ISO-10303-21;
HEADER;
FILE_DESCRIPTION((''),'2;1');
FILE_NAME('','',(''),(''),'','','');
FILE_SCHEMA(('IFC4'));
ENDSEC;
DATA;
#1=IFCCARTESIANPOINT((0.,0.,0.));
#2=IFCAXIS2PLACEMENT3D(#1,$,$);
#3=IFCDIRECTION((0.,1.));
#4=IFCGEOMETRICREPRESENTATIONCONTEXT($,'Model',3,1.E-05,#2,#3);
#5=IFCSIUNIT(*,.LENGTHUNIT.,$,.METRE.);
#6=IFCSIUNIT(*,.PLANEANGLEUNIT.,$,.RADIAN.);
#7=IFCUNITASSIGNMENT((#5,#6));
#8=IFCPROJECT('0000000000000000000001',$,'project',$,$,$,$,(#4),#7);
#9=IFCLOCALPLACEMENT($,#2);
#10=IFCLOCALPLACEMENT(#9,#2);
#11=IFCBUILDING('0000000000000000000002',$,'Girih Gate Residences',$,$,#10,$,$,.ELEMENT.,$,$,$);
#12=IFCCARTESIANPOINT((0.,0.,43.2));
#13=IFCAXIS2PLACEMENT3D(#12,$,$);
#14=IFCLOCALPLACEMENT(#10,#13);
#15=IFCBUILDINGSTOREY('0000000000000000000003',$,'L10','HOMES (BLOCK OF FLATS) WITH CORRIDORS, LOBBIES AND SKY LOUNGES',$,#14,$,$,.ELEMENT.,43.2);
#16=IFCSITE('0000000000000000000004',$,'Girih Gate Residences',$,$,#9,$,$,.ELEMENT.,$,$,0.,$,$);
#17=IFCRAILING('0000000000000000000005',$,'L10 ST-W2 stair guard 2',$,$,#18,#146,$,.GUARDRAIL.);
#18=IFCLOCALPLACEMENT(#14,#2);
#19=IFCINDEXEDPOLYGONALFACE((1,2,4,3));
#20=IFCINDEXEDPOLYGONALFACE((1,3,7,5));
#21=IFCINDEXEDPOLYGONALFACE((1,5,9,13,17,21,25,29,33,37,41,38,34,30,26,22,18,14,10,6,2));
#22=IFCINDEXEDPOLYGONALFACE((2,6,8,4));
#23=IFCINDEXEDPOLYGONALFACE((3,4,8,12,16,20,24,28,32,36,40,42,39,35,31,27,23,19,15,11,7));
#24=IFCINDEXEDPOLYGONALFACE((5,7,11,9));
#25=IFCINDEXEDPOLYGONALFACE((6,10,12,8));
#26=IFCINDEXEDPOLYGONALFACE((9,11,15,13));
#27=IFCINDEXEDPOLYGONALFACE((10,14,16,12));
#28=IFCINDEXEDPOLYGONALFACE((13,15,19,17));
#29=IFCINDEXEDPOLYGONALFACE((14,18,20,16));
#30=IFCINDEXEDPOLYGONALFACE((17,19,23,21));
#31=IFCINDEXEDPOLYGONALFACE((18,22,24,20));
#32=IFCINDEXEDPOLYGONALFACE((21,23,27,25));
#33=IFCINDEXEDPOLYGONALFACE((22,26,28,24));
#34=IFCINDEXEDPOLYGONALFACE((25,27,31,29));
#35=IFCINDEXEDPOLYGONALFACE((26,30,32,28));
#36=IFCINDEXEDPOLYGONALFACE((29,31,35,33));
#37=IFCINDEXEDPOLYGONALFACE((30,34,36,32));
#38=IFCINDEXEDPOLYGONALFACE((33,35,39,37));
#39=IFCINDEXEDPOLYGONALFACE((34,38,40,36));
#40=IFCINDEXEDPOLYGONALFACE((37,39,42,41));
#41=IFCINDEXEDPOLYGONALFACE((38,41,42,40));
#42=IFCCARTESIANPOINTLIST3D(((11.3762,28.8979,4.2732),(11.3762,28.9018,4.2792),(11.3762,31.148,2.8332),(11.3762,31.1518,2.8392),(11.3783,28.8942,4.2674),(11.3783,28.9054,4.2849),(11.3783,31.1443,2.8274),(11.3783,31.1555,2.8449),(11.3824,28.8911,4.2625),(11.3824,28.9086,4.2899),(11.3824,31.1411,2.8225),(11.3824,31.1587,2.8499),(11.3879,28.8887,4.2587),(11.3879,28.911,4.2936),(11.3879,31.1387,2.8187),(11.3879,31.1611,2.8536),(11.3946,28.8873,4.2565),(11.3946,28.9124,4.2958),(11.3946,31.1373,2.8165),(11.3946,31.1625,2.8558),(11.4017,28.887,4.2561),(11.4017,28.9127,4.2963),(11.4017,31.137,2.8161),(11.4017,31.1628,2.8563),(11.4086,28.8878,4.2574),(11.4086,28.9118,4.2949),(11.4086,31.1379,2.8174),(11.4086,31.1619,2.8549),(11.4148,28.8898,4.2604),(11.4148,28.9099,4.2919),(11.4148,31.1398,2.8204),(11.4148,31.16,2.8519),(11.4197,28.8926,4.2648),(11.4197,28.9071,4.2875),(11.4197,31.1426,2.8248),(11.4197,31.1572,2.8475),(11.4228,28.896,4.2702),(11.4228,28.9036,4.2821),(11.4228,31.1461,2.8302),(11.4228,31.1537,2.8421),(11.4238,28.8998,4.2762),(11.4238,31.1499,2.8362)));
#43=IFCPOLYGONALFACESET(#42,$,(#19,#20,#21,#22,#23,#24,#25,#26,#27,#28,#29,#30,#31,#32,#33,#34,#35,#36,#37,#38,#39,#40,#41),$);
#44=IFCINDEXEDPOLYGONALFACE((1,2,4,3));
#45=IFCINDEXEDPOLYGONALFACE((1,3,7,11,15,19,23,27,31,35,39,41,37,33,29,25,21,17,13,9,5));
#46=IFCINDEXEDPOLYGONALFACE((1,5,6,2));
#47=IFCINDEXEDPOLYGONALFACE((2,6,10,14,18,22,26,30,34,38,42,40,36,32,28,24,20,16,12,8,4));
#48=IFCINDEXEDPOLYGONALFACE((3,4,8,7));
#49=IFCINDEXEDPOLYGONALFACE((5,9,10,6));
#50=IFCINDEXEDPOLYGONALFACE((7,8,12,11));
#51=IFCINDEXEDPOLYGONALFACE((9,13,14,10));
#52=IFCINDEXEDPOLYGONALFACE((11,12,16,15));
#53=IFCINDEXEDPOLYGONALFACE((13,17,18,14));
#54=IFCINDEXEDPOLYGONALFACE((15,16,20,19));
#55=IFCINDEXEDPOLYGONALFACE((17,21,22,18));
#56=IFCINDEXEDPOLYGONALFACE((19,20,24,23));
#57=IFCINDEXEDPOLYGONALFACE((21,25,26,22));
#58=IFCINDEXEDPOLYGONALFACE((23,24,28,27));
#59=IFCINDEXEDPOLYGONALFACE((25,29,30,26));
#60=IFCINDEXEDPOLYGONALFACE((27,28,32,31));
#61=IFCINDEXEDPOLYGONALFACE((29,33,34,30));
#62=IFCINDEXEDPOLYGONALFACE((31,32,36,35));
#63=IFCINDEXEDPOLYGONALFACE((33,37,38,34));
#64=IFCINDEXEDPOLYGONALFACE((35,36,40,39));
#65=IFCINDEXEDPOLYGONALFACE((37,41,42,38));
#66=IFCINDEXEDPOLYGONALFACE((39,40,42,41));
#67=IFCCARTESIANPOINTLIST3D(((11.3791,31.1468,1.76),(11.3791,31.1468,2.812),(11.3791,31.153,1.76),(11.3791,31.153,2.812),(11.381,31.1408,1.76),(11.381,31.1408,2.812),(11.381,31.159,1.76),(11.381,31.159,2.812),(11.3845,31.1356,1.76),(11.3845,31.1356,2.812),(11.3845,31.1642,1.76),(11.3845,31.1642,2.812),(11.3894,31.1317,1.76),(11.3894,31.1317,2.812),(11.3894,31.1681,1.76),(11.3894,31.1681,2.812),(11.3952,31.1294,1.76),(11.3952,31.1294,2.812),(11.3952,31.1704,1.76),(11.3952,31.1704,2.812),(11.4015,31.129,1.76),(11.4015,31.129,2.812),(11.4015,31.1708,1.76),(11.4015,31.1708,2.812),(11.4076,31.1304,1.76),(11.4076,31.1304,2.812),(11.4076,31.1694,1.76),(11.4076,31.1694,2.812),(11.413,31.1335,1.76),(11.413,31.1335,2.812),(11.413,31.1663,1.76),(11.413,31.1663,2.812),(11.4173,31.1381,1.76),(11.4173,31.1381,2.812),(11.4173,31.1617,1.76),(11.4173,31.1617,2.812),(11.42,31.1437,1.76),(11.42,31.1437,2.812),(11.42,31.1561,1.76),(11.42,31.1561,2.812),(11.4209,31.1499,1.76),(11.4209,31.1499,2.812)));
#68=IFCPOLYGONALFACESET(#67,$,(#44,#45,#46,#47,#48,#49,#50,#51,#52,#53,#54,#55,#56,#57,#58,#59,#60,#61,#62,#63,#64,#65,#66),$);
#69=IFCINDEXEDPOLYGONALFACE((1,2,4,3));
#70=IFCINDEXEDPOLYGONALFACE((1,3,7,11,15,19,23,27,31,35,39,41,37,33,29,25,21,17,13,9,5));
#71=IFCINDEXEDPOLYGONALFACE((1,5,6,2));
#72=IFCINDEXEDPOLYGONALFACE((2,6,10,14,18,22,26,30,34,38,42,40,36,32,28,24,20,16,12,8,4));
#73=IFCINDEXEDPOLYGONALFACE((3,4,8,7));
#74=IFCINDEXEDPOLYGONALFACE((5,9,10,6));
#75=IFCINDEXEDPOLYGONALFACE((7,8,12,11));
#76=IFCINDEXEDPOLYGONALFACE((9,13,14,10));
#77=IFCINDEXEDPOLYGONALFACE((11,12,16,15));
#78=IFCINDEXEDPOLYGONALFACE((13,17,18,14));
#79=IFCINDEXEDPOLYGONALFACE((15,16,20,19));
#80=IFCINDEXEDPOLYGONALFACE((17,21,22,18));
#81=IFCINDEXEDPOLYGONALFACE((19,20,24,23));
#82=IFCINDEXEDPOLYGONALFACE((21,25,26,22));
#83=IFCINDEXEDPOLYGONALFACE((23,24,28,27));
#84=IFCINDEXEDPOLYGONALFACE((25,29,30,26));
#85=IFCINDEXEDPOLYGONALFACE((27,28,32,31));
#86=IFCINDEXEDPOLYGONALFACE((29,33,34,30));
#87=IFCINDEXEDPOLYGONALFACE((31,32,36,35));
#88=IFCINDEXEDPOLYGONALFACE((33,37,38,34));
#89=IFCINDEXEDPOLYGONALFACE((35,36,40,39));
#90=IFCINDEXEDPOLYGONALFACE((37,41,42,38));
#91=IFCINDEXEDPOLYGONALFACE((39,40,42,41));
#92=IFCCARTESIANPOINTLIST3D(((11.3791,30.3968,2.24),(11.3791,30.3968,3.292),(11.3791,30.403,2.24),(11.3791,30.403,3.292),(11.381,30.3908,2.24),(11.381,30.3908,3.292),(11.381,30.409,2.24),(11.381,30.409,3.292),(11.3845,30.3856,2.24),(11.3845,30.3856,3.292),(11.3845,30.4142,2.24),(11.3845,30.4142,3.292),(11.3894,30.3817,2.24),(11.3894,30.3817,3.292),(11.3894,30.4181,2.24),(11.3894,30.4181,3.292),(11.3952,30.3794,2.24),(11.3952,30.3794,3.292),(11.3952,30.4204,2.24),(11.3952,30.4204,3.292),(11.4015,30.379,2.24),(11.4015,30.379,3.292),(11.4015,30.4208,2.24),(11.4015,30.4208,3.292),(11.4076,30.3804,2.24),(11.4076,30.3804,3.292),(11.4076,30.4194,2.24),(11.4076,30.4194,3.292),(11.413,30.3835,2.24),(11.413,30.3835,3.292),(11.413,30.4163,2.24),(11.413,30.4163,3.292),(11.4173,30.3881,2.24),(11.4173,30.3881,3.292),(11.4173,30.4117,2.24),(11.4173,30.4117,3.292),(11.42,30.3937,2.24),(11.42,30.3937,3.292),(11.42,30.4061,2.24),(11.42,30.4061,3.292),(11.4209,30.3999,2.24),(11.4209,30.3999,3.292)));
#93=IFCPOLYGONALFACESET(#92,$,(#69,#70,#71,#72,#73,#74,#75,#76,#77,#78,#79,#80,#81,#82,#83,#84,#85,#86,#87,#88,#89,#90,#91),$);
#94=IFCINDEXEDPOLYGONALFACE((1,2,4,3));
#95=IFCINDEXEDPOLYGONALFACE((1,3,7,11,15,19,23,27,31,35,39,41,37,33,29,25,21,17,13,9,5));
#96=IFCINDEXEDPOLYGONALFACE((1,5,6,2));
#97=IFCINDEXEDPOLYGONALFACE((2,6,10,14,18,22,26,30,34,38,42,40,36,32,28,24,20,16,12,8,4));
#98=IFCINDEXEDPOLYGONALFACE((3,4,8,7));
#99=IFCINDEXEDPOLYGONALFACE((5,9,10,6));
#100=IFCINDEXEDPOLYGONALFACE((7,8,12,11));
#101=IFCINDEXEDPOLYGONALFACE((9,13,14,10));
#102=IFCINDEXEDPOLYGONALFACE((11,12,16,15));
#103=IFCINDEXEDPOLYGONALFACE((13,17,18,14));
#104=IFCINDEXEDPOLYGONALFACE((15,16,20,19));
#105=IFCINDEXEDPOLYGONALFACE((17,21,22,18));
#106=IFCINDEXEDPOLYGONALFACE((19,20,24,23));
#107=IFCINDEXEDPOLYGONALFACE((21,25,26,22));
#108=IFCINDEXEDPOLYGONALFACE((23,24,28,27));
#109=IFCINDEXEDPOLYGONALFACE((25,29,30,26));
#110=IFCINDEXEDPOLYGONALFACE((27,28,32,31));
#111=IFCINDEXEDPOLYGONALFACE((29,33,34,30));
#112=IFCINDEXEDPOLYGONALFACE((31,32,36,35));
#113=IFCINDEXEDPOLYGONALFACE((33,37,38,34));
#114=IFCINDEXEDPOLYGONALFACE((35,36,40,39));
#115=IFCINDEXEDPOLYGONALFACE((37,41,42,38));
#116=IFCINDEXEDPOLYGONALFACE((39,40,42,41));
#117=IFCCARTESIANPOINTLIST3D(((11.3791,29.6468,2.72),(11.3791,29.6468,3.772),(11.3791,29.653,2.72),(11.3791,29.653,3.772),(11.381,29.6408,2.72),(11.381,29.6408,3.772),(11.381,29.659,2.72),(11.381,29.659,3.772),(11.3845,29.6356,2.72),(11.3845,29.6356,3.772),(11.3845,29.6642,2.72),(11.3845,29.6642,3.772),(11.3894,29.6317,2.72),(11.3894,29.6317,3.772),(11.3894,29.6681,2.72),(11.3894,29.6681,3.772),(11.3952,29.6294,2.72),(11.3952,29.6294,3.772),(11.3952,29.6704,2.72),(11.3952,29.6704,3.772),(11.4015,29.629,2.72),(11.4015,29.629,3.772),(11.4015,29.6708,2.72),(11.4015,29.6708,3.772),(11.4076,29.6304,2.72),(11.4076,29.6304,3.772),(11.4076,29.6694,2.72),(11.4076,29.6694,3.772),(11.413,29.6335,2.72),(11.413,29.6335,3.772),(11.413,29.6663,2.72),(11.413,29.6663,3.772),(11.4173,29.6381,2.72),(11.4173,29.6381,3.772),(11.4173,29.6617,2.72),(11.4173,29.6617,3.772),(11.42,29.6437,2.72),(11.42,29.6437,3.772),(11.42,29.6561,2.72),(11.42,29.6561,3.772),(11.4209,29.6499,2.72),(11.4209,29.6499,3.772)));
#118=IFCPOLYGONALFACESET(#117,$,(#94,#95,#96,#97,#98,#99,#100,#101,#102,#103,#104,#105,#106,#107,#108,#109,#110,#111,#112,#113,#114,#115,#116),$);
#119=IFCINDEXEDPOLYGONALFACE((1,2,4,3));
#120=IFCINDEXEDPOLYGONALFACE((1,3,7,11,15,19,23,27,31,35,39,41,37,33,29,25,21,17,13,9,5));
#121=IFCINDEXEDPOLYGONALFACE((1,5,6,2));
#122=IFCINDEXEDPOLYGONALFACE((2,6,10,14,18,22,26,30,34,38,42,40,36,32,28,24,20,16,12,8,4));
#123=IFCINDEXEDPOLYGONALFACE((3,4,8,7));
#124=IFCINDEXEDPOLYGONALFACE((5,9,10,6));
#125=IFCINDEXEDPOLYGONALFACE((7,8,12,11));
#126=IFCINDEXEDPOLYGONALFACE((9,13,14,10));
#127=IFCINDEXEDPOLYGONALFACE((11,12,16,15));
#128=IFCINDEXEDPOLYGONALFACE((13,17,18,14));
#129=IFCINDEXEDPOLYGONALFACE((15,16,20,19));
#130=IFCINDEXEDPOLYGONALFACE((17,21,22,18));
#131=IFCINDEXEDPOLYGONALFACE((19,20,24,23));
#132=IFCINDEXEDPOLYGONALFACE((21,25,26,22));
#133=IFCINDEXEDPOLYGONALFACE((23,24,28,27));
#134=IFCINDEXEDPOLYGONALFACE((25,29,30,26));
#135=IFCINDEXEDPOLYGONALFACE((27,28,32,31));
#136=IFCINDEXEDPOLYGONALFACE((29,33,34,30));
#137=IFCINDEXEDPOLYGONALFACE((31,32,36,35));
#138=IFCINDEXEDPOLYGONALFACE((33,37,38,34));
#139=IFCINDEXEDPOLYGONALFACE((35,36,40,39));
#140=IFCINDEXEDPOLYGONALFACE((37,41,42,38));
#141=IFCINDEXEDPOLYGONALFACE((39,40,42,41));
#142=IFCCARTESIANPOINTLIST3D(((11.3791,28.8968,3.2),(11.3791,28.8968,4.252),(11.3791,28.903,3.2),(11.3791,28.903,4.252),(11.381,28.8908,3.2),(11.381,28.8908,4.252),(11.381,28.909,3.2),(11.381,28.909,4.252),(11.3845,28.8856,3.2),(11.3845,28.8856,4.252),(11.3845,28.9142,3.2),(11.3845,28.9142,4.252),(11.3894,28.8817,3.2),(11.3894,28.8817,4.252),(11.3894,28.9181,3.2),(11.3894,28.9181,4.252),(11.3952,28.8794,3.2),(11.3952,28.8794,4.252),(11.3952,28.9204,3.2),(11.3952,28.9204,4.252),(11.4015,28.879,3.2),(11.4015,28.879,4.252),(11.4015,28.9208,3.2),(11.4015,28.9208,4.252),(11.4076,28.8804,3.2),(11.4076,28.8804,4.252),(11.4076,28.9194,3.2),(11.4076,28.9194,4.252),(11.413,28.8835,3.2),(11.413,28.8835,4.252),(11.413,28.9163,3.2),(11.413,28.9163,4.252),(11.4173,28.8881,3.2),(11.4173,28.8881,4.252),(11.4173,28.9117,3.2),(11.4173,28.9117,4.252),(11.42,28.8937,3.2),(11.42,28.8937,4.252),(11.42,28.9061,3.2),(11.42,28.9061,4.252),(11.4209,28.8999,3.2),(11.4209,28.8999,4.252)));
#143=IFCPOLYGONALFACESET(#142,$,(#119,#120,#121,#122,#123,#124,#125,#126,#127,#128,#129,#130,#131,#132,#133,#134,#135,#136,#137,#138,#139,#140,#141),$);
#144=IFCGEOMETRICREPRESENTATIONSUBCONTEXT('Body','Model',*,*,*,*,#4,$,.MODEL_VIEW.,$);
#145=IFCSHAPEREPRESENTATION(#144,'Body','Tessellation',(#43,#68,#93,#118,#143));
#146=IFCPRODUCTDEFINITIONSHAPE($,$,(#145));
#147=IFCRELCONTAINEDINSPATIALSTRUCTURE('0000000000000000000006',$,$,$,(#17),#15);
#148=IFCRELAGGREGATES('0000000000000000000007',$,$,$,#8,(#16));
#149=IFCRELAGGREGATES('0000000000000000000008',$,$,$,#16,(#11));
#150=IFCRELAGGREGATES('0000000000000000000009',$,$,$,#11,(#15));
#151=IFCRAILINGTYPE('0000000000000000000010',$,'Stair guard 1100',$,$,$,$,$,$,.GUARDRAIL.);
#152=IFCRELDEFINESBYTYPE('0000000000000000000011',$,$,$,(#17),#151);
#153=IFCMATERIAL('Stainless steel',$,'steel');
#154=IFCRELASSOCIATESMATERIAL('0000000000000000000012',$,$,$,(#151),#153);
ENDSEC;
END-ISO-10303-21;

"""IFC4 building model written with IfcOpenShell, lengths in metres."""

from ifc_helpers import new_model, si_unit, direction, frame, origin, origin_2d, place, context, subcontext, project, spatial, circle, extrude, material, type_object, element, save


model = new_model("IFC4")

# Units and contexts
model_context = context("Model", 3, precision=1e-05, world=origin(), true_north=direction((0.0, 1.0)))
body_context = subcontext(model_context, "Body", "Model", "MODEL_VIEW")
ifc_project = project(units=[si_unit("LENGTHUNIT", "METRE"), si_unit("PLANEANGLEUNIT", "RADIAN")], contexts=[model_context])

# Site, building, storey
site_placement = place(None, origin())
site = spatial("IfcSite", under=ifc_project, at=site_placement, Name="Girih Gate Residences", CompositionType="ELEMENT", RefElevation=0.0)
building_placement = place(site_placement, origin())
building = spatial("IfcBuilding", under=site, at=building_placement, Name="Girih Gate Residences", CompositionType="ELEMENT")
storey_placement = place(building_placement, frame((0.0, 0.0, 43.2)))
storey = spatial("IfcBuildingStorey", under=building, at=storey_placement, Name="L10", Description="HOMES (BLOCK OF FLATS) WITH CORRIDORS, LOBBIES AND SKY LOUNGES", CompositionType="ELEMENT", Elevation=43.2)

# Railing
ifc_material_1 = material(Name="Stainless steel", Category="steel")
railing_type_1 = type_object("IfcRailingType", Name="Stair guard 1100", PredefinedType="GUARDRAIL", material=ifc_material_1)
railing_1_placement = place(storey_placement, frame((11.3999, 31.1499, 1.76)))
element("IfcRailing", 1, at=railing_1_placement, inside=storey, type_object=railing_type_1, Name="L10 ST-W2 stair guard 2", PredefinedType="GUARDRAIL", context=body_context, shape_type="SweptSolid", body=[
    extrude(circle(Radius=0.0239, at=origin_2d()), frame((0.0, 0.0, 1.0762), z_axis=(0.0, -0.842281, 0.539038), x_axis=(1.0, 0.0, 0.0)), (0.0, 0.0, 1.0), 2.6714),
    extrude(circle(Radius=0.021, at=origin_2d()), origin(), (0.0, 0.0, 1.0), 1.052),
    extrude(circle(Radius=0.021, at=origin_2d()), frame((0.0, -0.75, 0.48)), (0.0, 0.0, 1.0), 1.052),
    extrude(circle(Radius=0.021, at=origin_2d()), frame((0.0, -1.5, 0.96)), (0.0, 0.0, 1.0), 1.052),
    extrude(circle(Radius=0.021, at=origin_2d()), frame((0.0, -2.25, 1.4399)), (0.0, 0.0, 1.0), 1.052),
])

save(model, "model.ifc")
